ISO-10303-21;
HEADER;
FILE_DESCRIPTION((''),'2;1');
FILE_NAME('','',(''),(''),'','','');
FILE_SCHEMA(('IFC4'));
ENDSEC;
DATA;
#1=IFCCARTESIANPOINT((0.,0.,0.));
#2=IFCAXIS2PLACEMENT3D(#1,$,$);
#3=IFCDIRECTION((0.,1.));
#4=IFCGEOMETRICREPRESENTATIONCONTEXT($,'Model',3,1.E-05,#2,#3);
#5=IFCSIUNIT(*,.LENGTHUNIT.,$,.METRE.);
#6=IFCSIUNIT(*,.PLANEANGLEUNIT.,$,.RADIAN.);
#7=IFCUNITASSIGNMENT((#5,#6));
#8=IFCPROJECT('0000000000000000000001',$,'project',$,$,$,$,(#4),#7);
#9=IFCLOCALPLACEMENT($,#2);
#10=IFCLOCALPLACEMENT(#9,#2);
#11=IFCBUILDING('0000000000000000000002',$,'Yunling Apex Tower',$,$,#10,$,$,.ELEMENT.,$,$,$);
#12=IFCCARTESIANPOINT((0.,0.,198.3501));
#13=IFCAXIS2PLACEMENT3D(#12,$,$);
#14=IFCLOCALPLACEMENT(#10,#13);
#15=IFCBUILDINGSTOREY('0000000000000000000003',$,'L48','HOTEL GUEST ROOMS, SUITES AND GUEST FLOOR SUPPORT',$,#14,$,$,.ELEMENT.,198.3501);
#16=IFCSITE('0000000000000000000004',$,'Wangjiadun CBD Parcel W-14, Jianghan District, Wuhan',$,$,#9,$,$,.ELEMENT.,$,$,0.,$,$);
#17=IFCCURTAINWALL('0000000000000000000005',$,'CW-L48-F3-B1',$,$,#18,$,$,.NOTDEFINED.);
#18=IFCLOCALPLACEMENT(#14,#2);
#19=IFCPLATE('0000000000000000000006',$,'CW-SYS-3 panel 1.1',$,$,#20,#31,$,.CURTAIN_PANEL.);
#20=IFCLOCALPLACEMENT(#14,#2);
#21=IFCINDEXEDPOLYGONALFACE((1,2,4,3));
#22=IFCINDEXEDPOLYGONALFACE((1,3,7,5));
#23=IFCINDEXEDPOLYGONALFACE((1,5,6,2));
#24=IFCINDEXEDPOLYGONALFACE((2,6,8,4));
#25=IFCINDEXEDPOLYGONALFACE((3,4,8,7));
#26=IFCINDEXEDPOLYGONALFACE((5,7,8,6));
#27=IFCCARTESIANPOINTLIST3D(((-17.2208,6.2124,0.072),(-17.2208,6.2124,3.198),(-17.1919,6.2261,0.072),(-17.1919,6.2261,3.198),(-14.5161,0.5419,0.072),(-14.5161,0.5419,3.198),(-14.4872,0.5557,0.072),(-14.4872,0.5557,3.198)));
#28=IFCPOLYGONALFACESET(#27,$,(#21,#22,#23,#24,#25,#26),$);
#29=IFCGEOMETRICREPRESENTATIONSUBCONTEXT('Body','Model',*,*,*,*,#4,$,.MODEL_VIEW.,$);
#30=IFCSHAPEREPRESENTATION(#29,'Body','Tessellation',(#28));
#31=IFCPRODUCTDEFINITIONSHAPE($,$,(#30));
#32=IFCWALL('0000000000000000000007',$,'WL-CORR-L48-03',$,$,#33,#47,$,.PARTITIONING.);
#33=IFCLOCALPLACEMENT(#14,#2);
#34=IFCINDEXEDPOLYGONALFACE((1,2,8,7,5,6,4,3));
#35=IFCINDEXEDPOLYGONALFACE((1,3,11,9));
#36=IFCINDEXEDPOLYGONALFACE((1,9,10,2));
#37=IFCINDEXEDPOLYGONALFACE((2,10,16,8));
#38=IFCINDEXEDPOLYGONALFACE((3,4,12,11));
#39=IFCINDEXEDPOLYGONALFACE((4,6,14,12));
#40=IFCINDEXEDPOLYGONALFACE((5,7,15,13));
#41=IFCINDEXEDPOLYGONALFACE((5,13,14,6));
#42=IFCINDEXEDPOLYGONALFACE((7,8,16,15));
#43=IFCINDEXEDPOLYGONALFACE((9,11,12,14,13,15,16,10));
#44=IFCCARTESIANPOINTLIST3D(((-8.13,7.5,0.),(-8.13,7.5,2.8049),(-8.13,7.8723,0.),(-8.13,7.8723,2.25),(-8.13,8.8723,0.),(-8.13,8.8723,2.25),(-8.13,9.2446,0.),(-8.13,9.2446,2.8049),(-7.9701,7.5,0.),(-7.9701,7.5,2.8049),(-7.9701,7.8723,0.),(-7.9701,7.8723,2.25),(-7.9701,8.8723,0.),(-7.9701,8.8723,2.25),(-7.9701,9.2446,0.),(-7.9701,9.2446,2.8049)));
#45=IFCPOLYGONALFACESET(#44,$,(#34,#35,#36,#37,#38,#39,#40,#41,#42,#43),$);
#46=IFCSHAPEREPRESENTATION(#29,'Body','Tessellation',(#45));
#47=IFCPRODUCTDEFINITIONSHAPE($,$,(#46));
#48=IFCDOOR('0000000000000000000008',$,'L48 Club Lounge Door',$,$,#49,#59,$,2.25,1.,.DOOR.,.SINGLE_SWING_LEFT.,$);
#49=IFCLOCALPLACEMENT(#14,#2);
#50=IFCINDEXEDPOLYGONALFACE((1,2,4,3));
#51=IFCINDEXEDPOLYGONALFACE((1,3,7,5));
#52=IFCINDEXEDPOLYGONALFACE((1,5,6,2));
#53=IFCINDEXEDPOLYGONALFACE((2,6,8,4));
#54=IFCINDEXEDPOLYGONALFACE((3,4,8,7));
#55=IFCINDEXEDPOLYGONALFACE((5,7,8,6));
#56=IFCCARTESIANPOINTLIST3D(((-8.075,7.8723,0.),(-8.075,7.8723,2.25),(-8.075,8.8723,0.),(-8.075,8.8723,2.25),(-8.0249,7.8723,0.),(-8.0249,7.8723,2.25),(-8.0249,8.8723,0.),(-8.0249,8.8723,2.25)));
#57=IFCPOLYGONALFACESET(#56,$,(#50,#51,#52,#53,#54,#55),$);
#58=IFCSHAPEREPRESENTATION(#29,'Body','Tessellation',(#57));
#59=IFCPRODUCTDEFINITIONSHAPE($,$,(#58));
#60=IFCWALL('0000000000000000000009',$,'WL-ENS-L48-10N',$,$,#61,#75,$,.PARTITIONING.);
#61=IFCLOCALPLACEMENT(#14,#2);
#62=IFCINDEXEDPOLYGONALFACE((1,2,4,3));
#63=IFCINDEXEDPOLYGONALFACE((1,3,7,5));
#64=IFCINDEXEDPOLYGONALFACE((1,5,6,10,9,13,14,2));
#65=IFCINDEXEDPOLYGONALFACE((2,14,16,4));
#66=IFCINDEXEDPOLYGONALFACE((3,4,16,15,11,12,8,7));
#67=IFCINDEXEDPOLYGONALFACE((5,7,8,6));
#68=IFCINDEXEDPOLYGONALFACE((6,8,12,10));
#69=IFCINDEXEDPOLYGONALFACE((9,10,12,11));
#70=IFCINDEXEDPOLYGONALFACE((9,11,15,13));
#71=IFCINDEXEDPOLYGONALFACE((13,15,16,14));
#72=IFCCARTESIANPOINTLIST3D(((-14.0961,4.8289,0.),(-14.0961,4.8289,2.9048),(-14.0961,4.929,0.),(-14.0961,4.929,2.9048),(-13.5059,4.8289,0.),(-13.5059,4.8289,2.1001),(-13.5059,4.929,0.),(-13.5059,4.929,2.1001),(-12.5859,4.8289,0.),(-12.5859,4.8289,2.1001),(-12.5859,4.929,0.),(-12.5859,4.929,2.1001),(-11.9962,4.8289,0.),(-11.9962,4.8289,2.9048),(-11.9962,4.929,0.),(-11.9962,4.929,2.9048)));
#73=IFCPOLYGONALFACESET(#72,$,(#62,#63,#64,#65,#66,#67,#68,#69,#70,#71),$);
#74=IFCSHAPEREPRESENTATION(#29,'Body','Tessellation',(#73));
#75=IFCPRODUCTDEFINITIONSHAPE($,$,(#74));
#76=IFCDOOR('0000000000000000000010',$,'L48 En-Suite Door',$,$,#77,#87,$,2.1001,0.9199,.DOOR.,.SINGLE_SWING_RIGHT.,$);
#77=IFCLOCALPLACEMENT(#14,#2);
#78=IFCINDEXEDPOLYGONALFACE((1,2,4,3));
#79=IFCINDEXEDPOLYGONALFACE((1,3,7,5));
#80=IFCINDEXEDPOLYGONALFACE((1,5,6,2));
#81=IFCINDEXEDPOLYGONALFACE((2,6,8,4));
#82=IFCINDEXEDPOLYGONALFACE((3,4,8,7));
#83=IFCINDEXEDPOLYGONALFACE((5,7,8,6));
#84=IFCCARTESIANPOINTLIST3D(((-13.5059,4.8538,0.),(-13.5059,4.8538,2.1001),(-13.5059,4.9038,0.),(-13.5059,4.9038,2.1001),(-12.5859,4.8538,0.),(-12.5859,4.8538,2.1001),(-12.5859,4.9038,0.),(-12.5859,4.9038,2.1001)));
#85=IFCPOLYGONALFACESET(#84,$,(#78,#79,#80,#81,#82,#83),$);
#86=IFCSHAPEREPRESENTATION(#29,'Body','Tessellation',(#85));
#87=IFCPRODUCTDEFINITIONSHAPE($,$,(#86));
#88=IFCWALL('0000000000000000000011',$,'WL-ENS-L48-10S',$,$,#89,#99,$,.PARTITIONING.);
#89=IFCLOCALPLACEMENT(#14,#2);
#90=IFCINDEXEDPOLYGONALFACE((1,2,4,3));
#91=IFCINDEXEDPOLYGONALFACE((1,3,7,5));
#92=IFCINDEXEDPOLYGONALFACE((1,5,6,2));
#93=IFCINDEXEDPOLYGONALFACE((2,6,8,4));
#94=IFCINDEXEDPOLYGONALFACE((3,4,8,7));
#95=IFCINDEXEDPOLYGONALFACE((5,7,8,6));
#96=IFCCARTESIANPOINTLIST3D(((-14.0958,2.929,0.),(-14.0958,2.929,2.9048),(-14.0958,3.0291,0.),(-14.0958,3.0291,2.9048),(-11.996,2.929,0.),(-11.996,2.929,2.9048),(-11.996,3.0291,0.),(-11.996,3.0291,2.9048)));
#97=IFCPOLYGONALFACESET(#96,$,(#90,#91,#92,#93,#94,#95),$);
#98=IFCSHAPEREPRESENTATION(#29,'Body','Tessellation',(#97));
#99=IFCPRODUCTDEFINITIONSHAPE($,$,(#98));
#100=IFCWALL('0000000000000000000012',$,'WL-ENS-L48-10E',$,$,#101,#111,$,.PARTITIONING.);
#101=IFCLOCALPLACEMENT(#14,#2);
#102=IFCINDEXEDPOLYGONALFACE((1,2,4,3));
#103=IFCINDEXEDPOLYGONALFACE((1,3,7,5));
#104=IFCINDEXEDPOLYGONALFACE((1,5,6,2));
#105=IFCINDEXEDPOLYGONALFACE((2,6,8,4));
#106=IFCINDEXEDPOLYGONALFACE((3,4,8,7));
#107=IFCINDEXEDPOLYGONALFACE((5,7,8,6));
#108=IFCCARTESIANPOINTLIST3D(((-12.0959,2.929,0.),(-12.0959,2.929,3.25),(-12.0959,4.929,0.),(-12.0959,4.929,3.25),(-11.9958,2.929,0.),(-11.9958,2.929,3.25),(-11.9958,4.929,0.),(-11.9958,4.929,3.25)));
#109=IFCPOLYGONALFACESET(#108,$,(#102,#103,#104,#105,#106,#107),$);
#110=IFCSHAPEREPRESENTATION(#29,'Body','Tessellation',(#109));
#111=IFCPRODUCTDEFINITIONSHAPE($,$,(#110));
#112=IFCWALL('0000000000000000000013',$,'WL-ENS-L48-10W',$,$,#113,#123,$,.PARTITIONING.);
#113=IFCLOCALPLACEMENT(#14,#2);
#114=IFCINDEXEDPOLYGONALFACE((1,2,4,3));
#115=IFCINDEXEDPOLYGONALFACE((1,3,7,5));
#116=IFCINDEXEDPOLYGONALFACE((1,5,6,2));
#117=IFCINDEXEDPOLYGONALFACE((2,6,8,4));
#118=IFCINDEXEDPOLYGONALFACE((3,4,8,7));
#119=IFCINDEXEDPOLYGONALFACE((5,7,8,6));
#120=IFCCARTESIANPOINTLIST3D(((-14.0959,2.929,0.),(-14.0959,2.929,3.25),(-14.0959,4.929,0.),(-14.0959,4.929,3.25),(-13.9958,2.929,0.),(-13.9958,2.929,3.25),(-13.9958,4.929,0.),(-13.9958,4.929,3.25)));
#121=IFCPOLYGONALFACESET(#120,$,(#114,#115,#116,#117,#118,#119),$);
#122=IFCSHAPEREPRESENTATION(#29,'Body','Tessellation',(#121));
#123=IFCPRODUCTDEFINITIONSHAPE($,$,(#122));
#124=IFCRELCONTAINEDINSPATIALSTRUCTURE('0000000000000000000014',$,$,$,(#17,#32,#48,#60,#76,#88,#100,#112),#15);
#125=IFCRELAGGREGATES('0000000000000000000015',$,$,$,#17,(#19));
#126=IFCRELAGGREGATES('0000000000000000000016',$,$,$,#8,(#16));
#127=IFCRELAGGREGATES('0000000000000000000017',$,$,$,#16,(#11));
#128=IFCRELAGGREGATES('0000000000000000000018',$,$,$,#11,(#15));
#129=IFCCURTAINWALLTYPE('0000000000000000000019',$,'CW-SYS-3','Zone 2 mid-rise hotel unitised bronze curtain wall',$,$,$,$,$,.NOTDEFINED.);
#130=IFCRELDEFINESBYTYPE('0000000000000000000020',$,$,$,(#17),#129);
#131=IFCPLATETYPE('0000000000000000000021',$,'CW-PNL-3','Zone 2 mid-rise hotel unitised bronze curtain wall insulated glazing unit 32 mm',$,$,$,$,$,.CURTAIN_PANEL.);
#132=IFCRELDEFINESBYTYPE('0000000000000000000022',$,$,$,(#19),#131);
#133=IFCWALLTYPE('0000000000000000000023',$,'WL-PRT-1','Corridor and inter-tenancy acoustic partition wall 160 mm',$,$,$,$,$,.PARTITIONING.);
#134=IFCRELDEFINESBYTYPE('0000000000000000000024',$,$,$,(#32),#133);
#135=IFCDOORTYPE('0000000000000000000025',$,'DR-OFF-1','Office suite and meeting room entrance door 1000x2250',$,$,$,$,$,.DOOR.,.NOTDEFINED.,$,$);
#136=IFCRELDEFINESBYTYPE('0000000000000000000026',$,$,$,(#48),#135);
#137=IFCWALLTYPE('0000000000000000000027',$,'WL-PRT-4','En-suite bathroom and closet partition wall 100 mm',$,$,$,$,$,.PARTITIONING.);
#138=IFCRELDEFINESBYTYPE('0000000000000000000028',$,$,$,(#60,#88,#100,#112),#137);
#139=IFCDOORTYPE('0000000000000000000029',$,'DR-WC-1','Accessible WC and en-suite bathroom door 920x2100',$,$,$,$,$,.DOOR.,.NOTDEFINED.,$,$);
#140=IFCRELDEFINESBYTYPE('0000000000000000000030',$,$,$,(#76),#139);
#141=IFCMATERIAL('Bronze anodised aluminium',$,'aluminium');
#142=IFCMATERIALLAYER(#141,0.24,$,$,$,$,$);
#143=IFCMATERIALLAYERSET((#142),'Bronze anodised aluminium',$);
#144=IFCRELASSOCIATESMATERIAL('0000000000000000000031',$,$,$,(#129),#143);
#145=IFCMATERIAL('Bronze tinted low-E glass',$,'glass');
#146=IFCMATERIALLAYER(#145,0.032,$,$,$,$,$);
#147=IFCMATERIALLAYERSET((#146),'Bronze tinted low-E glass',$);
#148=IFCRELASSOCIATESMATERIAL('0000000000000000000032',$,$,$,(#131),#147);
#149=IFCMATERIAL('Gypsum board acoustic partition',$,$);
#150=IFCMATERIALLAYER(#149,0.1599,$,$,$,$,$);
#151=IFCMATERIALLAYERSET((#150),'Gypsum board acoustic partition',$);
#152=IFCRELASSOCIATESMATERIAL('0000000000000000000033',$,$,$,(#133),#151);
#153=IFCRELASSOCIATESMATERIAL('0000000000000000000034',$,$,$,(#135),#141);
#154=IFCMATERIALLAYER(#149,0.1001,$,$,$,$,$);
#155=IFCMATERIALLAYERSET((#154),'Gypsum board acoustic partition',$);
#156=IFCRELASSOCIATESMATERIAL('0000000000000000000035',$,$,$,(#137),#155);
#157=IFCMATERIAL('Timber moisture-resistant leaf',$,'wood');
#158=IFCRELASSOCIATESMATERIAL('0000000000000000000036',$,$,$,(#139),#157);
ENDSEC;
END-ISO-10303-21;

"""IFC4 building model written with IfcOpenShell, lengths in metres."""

from ifc_helpers import new_model, si_unit, direction, frame, frame_2d, origin, origin_2d, place, context, subcontext, project, spatial, rectangle, extrude, source, transform, mapped, material, layer, layer_set, type_object, element, fill, aggregate, save


model = new_model("IFC4")

# Units and contexts
model_context = context("Model", 3, precision=1e-05, world=origin(), true_north=direction((0.0, 1.0)))
body_context = subcontext(model_context, "Body", "Model", "MODEL_VIEW")
ifc_project = project(units=[si_unit("LENGTHUNIT", "METRE"), si_unit("PLANEANGLEUNIT", "RADIAN")], contexts=[model_context])

# Site, building, storey
site_placement = place(None, origin())
site = spatial("IfcSite", under=ifc_project, at=site_placement, Name="Wangjiadun CBD Parcel W-14, Jianghan District, Wuhan", CompositionType="ELEMENT", RefElevation=0.0)
building_placement = place(site_placement, origin())
building = spatial("IfcBuilding", under=site, at=building_placement, Name="Yunling Apex Tower", CompositionType="ELEMENT")
storey_placement = place(building_placement, frame((0.0, 0.0, 198.3501)))
storey = spatial("IfcBuildingStorey", under=building, at=storey_placement, Name="L48", Description="HOTEL GUEST ROOMS, SUITES AND GUEST FLOOR SUPPORT", CompositionType="ELEMENT", Elevation=198.3501)

# Shared definitions
ifc_material_1 = material(Name="Bronze anodised aluminium", Category="aluminium")
ifc_layer_1 = layer(ifc_material_1, 0.24)
ifc_layer_set_1 = layer_set([ifc_layer_1], Name="Bronze anodised aluminium")
curtain_wall_type = type_object("IfcCurtainWallType", Name="CW-SYS-3", Description="Zone 2 mid-rise hotel unitised bronze curtain wall", PredefinedType="NOTDEFINED", material=ifc_layer_set_1)

# Curtain wall
curtain_wall_1_placement = place(storey_placement, origin())
curtain_wall_1 = element("IfcCurtainWall", 1, at=curtain_wall_1_placement, inside=storey, type_object=curtain_wall_type, Name="CW-L48-F3-B1", PredefinedType="NOTDEFINED")

# Plate
ifc_material_2 = material(Name="Bronze tinted low-E glass", Category="glass")
ifc_layer_2 = layer(ifc_material_2, 0.032)
ifc_layer_set_2 = layer_set([ifc_layer_2], Name="Bronze tinted low-E glass")
plate_type = type_object("IfcPlateType", Name="CW-PNL-3", Description="Zone 2 mid-rise hotel unitised bronze curtain wall insulated glazing unit 32 mm", PredefinedType="CURTAIN_PANEL", material=ifc_layer_set_2)
shared_shape_1 = source(origin(), body_context, "Body", "SweptSolid", [
    extrude(rectangle(XDim=6.2825, YDim=0.032, at=origin_2d()), origin(), (0.0, 0.0, 1.0), 3.126),
])
plate_1_placement = place(storey_placement, frame((-15.854, 3.384, 0.072), z_axis=(0.0, 0.0, 1.0), x_axis=(0.430518, -0.902582, 0.0)))
plate_1 = element("IfcPlate", 2, at=plate_1_placement, type_object=plate_type, Name="CW-SYS-3 panel 1.1", PredefinedType="CURTAIN_PANEL", context=body_context, shape_type="MappedRepresentation", body=[
    mapped(shared_shape_1, transform((0.0, 0.0, 0.0), scale=1.0)),
])
aggregate(curtain_wall_1, [plate_1])

# Walls, openings, doors
ifc_material_3 = material(Name="Gypsum board acoustic partition")
ifc_layer_3 = layer(ifc_material_3, 0.1599)
ifc_layer_set_3 = layer_set([ifc_layer_3], Name="Gypsum board acoustic partition")
wall_type_1 = type_object("IfcWallType", Name="WL-PRT-1", Description="Corridor and inter-tenancy acoustic partition wall 160 mm", PredefinedType="PARTITIONING", material=ifc_layer_set_3)
wall_1_placement = place(storey_placement, frame((-8.05, 7.5, 0.0), z_axis=(0.0, 0.0, 1.0), x_axis=(0.0, 1.0, 0.0)))
wall_1 = element("IfcWall", 3, at=wall_1_placement, inside=storey, type_object=wall_type_1, Name="WL-CORR-L48-03", PredefinedType="PARTITIONING", context=body_context, shape_type="SweptSolid", body=[
    extrude(rectangle(XDim=1.7446, YDim=0.1599, at=frame_2d((0.8723, 0.0))), origin(), (0.0, 0.0, 1.0), 2.8049),
])
opening_1_placement = place(wall_1_placement, frame((0.3723, 0.0, 0.0)))
opening_1 = element("IfcOpeningElement", 4, at=opening_1_placement, cuts=wall_1, PredefinedType="OPENING", context=body_context, shape_type="SweptSolid", body=[
    extrude(rectangle(XDim=1.0, YDim=2.25, at=frame_2d((0.5, 1.125))), frame((0.0, 0.0898, 0.0), z_axis=(0.0, -1.0, 0.0), x_axis=(1.0, 0.0, 0.0)), (0.0, 0.0, 1.0), 0.1799),
])
door_type_1 = type_object("IfcDoorType", Name="DR-OFF-1", Description="Office suite and meeting room entrance door 1000x2250", OperationType="NOTDEFINED", PredefinedType="DOOR", material=ifc_material_1)
door_1_placement = place(opening_1_placement, origin())
door_1 = element("IfcDoor", 5, at=door_1_placement, inside=storey, type_object=door_type_1, Name="L48 Club Lounge Door", OperationType="SINGLE_SWING_LEFT", OverallHeight=2.25, OverallWidth=1.0, PredefinedType="DOOR", context=body_context, shape_type="SweptSolid", body=[
    extrude(rectangle(XDim=1.0, YDim=2.25, at=frame_2d((0.5, 1.125))), frame((0.0, 0.0249, 0.0), z_axis=(0.0, -1.0, 0.0), x_axis=(1.0, 0.0, 0.0)), (0.0, 0.0, 1.0), 0.05),
])
fill(opening_1, door_1)
ifc_layer_4 = layer(ifc_material_3, 0.1001)
ifc_layer_set_4 = layer_set([ifc_layer_4], Name="Gypsum board acoustic partition")
wall_type_2 = type_object("IfcWallType", Name="WL-PRT-4", Description="En-suite bathroom and closet partition wall 100 mm", PredefinedType="PARTITIONING", material=ifc_layer_set_4)
wall_2_placement = place(storey_placement, frame((-14.0959, 4.8789, 0.0), z_axis=(0.0, 0.0, 1.0), x_axis=(1.0, 0.0, 0.0)))
wall_2 = element("IfcWall", 6, at=wall_2_placement, inside=storey, type_object=wall_type_2, Name="WL-ENS-L48-10N", PredefinedType="PARTITIONING", context=body_context, shape_type="SweptSolid", body=[
    extrude(rectangle(XDim=2.0999, YDim=0.1001, at=frame_2d((1.0498, 0.0))), origin(), (0.0, 0.0, 1.0), 2.9048),
])
opening_2_placement = place(wall_2_placement, frame((0.5901, 0.0, 0.0)))
opening_2 = element("IfcOpeningElement", 7, at=opening_2_placement, cuts=wall_2, PredefinedType="OPENING", context=body_context, shape_type="SweptSolid", body=[
    extrude(rectangle(XDim=0.9199, YDim=2.1001, at=frame_2d((0.46, 1.05))), frame((0.0, 0.0601, 0.0), z_axis=(0.0, -1.0, 0.0), x_axis=(1.0, 0.0, 0.0)), (0.0, 0.0, 1.0), 0.1201),
])
ifc_material_4 = material(Name="Timber moisture-resistant leaf", Category="wood")
door_type_2 = type_object("IfcDoorType", Name="DR-WC-1", Description="Accessible WC and en-suite bathroom door 920x2100", OperationType="NOTDEFINED", PredefinedType="DOOR", material=ifc_material_4)
door_2_placement = place(opening_2_placement, origin())
door_2 = element("IfcDoor", 8, at=door_2_placement, inside=storey, type_object=door_type_2, Name="L48 En-Suite Door", OperationType="SINGLE_SWING_RIGHT", OverallHeight=2.1001, OverallWidth=0.9199, PredefinedType="DOOR", context=body_context, shape_type="SweptSolid", body=[
    extrude(rectangle(XDim=0.9199, YDim=2.1001, at=frame_2d((0.46, 1.05))), frame((0.0, 0.0249, 0.0), z_axis=(0.0, -1.0, 0.0), x_axis=(1.0, 0.0, 0.0)), (0.0, 0.0, 1.0), 0.05),
])
fill(opening_2, door_2)

# Walls
wall_3_placement = place(storey_placement, frame((-11.9961, 2.979, 0.0), z_axis=(0.0, 0.0, 1.0), x_axis=(-1.0, 0.0, 0.0)))
element("IfcWall", 9, at=wall_3_placement, inside=storey, type_object=wall_type_2, Name="WL-ENS-L48-10S", PredefinedType="PARTITIONING", context=body_context, shape_type="SweptSolid", body=[
    extrude(rectangle(XDim=2.0999, YDim=0.1001, at=frame_2d((1.0498, 0.0))), origin(), (0.0, 0.0, 1.0), 2.9048),
])
for number, where, z_axis, x_axis, name in (
    (10, (-12.0459, 4.929, 0.0), (0.0, 0.0, 1.0), (0.0, -1.0, 0.0), "WL-ENS-L48-10E"),
    (11, (-14.0459, 2.929, 0.0), (0.0, 0.0, 1.0), (0.0, 1.0, 0.0), "WL-ENS-L48-10W"),
):
    element("IfcWall", number, at=place(storey_placement, frame(where, z_axis=z_axis, x_axis=x_axis)), inside=storey, type_object=wall_type_2, Name=name, PredefinedType="PARTITIONING", context=body_context, shape_type="SweptSolid", body=[
        extrude(rectangle(XDim=2.0, YDim=0.1001, at=frame_2d((1.0, 0.0))), origin(), (0.0, 0.0, 1.0), 3.25),
    ])

save(model, "model.ifc")
